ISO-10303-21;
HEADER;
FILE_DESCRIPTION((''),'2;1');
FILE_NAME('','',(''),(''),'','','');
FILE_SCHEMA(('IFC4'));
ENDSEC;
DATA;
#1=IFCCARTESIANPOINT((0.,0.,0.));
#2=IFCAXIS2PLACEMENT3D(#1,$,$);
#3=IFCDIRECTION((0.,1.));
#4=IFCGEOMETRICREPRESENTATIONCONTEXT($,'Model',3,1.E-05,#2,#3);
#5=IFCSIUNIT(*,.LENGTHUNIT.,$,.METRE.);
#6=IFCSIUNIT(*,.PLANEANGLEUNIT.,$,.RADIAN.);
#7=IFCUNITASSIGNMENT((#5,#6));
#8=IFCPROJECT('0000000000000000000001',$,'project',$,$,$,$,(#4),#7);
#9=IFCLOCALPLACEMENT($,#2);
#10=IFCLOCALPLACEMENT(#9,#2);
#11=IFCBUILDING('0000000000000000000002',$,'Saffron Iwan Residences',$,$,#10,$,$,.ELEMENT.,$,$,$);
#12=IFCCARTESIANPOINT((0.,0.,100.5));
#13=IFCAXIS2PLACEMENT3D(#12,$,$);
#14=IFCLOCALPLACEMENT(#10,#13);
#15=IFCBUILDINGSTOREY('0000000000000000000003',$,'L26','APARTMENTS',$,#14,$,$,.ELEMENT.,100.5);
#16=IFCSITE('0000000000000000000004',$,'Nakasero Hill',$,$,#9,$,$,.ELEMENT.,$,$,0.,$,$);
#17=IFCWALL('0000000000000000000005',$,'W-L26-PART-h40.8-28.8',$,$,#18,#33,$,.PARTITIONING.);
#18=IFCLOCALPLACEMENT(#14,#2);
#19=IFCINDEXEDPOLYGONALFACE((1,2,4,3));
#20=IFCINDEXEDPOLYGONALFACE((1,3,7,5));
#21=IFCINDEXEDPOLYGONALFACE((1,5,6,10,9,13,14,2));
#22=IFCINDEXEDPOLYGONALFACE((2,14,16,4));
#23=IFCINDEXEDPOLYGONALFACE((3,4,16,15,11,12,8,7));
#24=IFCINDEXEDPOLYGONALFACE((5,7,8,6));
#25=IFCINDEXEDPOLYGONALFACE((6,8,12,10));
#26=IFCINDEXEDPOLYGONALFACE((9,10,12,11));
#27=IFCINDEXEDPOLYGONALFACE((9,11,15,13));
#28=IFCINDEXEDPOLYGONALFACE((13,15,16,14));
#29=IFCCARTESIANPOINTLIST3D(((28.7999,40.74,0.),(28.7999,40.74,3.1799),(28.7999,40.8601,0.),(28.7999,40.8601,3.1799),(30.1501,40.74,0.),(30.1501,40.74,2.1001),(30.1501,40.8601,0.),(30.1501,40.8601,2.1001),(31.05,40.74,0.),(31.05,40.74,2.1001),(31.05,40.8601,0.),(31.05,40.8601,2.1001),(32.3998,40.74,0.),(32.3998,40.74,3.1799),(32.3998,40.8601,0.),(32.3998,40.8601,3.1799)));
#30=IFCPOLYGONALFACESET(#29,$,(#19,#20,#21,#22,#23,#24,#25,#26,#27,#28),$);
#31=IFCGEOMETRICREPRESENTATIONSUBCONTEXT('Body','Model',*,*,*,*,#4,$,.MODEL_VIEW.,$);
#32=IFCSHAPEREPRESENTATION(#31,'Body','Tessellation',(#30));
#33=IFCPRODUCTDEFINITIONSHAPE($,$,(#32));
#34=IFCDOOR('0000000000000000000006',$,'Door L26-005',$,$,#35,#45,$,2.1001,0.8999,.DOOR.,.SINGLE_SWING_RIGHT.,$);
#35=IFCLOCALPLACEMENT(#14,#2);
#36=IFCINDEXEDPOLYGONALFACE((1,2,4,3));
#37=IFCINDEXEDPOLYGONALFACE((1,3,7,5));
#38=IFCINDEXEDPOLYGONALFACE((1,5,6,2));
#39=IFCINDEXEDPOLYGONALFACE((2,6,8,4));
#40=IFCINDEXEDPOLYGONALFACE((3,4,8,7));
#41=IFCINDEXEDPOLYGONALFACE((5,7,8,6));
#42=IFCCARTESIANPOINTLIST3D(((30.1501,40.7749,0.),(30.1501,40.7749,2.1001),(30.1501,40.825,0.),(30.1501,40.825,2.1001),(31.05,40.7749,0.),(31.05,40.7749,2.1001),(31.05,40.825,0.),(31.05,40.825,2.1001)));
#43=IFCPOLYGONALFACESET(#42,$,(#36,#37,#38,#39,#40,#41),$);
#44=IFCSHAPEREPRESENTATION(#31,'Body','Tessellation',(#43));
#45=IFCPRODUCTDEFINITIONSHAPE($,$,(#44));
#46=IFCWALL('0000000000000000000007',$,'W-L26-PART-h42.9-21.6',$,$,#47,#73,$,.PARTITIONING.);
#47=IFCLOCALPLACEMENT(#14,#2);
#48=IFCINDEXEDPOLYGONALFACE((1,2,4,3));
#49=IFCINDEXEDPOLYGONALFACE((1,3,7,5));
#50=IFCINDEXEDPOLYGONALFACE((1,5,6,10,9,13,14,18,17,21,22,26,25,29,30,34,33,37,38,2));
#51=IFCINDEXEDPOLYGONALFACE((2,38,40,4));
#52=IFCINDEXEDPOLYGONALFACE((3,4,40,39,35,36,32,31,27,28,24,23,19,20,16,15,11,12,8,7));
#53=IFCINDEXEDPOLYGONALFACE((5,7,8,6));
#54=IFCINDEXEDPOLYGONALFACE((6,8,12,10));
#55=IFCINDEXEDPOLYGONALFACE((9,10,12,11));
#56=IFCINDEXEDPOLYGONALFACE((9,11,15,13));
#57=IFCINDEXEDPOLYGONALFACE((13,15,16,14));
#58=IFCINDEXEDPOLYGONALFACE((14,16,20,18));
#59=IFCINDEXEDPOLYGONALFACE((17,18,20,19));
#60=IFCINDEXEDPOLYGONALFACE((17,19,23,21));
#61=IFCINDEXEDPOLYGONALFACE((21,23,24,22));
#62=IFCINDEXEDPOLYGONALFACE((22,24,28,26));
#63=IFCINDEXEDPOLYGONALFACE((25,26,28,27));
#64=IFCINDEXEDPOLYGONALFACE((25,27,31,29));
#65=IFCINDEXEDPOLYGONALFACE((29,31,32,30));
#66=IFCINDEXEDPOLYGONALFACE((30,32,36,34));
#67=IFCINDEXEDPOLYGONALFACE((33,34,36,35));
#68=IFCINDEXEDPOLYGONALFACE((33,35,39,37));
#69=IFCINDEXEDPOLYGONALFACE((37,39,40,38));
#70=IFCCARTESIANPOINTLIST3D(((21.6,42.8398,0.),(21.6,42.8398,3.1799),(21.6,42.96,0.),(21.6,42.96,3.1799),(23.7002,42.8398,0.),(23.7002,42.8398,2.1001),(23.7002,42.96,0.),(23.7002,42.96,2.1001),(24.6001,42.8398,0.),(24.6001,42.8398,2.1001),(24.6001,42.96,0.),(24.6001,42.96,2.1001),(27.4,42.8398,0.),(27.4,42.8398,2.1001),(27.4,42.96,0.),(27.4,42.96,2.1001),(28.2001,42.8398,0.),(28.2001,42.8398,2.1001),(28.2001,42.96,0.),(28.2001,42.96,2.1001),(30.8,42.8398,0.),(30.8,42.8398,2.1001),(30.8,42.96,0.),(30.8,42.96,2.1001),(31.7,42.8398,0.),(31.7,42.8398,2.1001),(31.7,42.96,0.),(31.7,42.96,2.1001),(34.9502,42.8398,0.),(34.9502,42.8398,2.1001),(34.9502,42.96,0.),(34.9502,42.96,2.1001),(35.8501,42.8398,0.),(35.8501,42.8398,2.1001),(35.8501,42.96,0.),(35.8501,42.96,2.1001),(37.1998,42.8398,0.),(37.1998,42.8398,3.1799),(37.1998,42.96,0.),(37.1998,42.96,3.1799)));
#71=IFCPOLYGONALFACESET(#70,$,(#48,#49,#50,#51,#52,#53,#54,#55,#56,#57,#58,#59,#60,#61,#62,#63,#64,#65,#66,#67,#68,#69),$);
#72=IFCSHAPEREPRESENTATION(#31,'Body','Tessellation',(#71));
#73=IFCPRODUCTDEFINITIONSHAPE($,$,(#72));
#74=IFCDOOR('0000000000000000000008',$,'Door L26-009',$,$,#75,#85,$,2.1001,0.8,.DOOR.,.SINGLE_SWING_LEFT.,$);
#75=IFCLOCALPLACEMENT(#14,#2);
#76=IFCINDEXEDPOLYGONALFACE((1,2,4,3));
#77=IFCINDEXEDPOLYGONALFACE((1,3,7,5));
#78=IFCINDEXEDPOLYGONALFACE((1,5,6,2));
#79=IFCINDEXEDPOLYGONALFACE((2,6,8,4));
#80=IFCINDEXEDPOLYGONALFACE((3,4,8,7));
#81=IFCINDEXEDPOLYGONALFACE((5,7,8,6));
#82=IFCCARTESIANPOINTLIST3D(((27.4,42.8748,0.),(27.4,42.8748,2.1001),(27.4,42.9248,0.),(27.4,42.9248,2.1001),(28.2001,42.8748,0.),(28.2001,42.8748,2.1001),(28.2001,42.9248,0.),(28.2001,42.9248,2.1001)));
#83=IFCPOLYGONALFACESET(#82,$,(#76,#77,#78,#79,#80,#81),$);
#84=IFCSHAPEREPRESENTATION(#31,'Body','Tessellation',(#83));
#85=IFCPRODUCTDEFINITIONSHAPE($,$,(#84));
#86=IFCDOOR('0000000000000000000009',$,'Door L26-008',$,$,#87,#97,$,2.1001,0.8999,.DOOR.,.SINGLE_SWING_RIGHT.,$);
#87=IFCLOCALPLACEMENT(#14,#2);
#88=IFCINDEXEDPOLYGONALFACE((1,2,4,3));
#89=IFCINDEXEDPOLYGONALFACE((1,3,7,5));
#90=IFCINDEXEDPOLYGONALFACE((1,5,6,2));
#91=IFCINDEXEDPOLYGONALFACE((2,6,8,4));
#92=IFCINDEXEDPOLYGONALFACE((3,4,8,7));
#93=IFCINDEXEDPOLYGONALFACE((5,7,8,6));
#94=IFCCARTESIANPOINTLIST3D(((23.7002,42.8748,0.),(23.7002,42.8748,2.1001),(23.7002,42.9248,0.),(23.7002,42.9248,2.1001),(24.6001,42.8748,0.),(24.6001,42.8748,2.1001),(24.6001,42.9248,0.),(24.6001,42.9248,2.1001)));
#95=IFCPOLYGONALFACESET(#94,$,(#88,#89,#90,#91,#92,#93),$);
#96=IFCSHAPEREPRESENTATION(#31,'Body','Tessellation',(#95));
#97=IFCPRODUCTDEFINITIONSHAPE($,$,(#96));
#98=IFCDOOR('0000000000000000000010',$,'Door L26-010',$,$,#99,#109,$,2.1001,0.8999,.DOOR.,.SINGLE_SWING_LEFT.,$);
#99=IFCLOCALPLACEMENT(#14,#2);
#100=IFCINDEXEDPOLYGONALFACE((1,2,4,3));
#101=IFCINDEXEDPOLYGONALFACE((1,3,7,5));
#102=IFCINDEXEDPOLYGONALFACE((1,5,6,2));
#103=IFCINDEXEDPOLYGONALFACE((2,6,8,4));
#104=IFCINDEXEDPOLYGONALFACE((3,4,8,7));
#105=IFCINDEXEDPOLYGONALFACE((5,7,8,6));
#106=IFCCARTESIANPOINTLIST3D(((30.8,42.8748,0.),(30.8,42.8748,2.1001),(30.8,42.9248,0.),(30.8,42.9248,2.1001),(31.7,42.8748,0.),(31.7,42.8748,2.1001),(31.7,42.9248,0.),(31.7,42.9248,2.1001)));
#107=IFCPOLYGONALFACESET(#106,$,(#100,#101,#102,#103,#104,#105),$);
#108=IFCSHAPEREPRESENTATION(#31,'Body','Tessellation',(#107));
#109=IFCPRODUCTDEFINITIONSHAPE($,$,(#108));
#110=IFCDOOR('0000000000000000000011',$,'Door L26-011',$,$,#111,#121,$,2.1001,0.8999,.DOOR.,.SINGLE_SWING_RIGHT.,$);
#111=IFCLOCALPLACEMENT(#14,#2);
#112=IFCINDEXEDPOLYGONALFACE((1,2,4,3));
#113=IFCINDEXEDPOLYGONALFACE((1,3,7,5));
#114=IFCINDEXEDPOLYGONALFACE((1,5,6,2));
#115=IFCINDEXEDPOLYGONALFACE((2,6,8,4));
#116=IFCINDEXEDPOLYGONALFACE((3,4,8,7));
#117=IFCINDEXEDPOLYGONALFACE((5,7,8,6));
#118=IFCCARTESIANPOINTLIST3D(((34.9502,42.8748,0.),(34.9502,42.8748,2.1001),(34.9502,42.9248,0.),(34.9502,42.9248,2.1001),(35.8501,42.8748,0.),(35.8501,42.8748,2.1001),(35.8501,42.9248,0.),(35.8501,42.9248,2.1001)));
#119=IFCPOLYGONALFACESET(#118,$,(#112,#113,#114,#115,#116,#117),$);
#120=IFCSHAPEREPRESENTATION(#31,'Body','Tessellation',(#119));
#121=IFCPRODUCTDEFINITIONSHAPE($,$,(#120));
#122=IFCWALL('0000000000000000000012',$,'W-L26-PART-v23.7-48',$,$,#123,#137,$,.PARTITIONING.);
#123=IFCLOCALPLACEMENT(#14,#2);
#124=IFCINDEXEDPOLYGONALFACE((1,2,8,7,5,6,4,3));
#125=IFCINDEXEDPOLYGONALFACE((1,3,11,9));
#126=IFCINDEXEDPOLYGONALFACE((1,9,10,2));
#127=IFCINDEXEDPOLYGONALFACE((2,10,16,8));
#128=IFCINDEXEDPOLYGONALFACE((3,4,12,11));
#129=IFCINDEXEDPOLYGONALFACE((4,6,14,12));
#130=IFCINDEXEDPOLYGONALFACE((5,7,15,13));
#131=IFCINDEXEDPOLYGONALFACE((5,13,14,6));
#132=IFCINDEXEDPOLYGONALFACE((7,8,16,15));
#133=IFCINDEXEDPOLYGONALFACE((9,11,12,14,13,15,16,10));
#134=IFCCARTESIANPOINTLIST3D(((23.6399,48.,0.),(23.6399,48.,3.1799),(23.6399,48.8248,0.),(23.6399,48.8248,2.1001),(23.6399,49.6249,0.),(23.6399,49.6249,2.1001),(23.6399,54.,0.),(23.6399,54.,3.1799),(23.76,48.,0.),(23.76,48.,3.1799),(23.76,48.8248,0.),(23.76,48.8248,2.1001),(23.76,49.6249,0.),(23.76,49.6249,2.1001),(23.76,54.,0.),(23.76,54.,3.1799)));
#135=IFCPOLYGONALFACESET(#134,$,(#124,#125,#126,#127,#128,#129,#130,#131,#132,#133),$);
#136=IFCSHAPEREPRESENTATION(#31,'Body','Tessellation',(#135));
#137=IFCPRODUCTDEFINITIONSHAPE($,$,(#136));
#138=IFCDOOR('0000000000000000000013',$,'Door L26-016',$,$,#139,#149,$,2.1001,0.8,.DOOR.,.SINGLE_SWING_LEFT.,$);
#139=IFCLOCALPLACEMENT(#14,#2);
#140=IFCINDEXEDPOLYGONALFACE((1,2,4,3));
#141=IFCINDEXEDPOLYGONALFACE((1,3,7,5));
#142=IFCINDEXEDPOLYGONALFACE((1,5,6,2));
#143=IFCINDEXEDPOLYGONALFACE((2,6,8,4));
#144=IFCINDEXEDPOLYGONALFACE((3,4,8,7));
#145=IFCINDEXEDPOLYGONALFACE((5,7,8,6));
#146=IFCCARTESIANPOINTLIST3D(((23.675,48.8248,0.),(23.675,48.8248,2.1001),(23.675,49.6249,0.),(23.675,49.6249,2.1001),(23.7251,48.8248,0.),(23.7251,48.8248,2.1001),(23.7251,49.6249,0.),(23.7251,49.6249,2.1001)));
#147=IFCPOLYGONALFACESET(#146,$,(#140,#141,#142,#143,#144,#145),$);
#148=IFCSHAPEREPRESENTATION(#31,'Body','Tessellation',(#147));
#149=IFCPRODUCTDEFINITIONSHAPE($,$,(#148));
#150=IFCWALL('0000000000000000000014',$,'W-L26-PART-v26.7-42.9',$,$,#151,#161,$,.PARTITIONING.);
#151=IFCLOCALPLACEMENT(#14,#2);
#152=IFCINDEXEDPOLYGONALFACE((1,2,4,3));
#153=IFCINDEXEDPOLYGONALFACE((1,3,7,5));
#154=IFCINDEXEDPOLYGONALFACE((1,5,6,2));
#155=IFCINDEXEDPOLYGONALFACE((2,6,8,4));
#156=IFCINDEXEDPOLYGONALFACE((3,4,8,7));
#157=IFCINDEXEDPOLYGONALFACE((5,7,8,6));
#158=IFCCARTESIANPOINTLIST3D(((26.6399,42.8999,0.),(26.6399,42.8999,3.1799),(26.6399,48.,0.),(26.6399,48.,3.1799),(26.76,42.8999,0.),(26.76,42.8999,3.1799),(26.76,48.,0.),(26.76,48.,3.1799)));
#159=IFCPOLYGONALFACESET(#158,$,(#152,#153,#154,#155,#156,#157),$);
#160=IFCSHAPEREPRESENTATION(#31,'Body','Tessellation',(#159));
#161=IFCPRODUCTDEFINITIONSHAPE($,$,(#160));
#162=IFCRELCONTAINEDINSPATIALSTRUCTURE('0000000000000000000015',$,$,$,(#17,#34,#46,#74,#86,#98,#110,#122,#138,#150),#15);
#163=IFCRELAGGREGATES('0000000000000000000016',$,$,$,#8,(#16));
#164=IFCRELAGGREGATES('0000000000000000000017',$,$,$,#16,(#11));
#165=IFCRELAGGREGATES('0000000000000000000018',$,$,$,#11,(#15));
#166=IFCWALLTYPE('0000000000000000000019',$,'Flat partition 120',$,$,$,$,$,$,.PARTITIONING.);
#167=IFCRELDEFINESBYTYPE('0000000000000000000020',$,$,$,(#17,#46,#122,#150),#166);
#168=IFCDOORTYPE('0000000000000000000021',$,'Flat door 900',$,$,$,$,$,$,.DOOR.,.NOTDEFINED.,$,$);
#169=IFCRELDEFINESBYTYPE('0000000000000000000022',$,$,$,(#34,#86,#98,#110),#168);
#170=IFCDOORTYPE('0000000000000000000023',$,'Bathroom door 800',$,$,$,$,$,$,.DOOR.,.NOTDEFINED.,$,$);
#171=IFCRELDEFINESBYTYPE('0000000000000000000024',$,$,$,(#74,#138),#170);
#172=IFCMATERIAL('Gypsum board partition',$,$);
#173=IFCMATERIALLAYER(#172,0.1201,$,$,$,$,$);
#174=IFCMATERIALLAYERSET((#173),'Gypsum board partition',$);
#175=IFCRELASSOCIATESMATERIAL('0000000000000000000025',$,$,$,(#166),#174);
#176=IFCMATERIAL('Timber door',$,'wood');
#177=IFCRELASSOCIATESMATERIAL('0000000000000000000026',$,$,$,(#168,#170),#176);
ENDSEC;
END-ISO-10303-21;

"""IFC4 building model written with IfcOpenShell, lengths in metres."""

from ifc_helpers import new_model, si_unit, direction, frame, frame_2d, origin, place, context, subcontext, project, spatial, rectangle, extrude, material, layer, layer_set, type_object, element, fill, save


model = new_model("IFC4")

# Units and contexts
model_context = context("Model", 3, precision=1e-05, world=origin(), true_north=direction((0.0, 1.0)))
body_context = subcontext(model_context, "Body", "Model", "MODEL_VIEW")
ifc_project = project(units=[si_unit("LENGTHUNIT", "METRE"), si_unit("PLANEANGLEUNIT", "RADIAN")], contexts=[model_context])

# Site, building, storey
site_placement = place(None, origin())
site = spatial("IfcSite", under=ifc_project, at=site_placement, Name="Nakasero Hill", CompositionType="ELEMENT", RefElevation=0.0)
building_placement = place(site_placement, origin())
building = spatial("IfcBuilding", under=site, at=building_placement, Name="Saffron Iwan Residences", CompositionType="ELEMENT")
storey_placement = place(building_placement, frame((0.0, 0.0, 100.5)))
storey = spatial("IfcBuildingStorey", under=building, at=storey_placement, Name="L26", Description="APARTMENTS", CompositionType="ELEMENT", Elevation=100.5)

# Shared definitions
ifc_material_1 = material(Name="Gypsum board partition")
ifc_layer_1 = layer(ifc_material_1, 0.1201)
ifc_layer_set_1 = layer_set([ifc_layer_1], Name="Gypsum board partition")
wall_type_1 = type_object("IfcWallType", Name="Flat partition 120", PredefinedType="PARTITIONING", material=ifc_layer_set_1)

# Wall, opening, door
ifc_material_2 = material(Name="Timber door", Category="wood")
door_type_1 = type_object("IfcDoorType", Name="Flat door 900", OperationType="NOTDEFINED", PredefinedType="DOOR", material=ifc_material_2)
wall_1_placement = place(storey_placement, frame((28.8, 40.8, 0.0), z_axis=(0.0, 0.0, 1.0), x_axis=(1.0, 0.0, 0.0)))
wall_1 = element("IfcWall", 1, at=wall_1_placement, inside=storey, type_object=wall_type_1, Name="W-L26-PART-h40.8-28.8", PredefinedType="PARTITIONING", context=body_context, shape_type="SweptSolid", body=[
    extrude(rectangle(XDim=3.5999, YDim=0.1201, at=frame_2d((1.7998, 0.0))), origin(), (0.0, 0.0, 1.0), 3.1799),
])
opening_1_placement = place(wall_1_placement, frame((1.3501, 0.0, 0.0)))
opening_1 = element("IfcOpeningElement", 2, at=opening_1_placement, cuts=wall_1, PredefinedType="OPENING", context=body_context, shape_type="SweptSolid", body=[
    extrude(rectangle(XDim=0.8999, YDim=2.1001, at=frame_2d((0.45, 1.05))), frame((0.0, 0.0701, 0.0), z_axis=(0.0, -1.0, 0.0), x_axis=(1.0, 0.0, 0.0)), (0.0, 0.0, 1.0), 0.1401),
])
door_1_placement = place(opening_1_placement, origin())
door_1 = element("IfcDoor", 3, at=door_1_placement, inside=storey, type_object=door_type_1, Name="Door L26-005", OperationType="SINGLE_SWING_RIGHT", OverallHeight=2.1001, OverallWidth=0.8999, PredefinedType="DOOR", context=body_context, shape_type="SweptSolid", body=[
    extrude(rectangle(XDim=0.8999, YDim=2.1001, at=frame_2d((0.45, 1.05))), frame((0.0, 0.0249, 0.0), z_axis=(0.0, -1.0, 0.0), x_axis=(1.0, 0.0, 0.0)), (0.0, 0.0, 1.0), 0.05),
])
fill(opening_1, door_1)

# Wall, openings, doors
wall_2_placement = place(storey_placement, frame((21.6001, 42.8999, 0.0), z_axis=(0.0, 0.0, 1.0), x_axis=(1.0, 0.0, 0.0)))
wall_2 = element("IfcWall", 4, at=wall_2_placement, inside=storey, type_object=wall_type_1, Name="W-L26-PART-h42.9-21.6", PredefinedType="PARTITIONING", context=body_context, shape_type="SweptSolid", body=[
    extrude(rectangle(XDim=15.5999, YDim=0.1201, at=frame_2d((7.7998, 0.0))), origin(), (0.0, 0.0, 1.0), 3.1799),
])
opening_2_placement = place(wall_2_placement, frame((2.1001, 0.0, 0.0)))
opening_2 = element("IfcOpeningElement", 5, at=opening_2_placement, cuts=wall_2, PredefinedType="OPENING", context=body_context, shape_type="SweptSolid", body=[
    extrude(rectangle(XDim=0.8999, YDim=2.1001, at=frame_2d((0.45, 1.05))), frame((0.0, 0.0701, 0.0), z_axis=(0.0, -1.0, 0.0), x_axis=(1.0, 0.0, 0.0)), (0.0, 0.0, 1.0), 0.1401),
])
opening_3_placement = place(wall_2_placement, frame((5.8, 0.0, 0.0)))
opening_3 = element("IfcOpeningElement", 6, at=opening_3_placement, cuts=wall_2, PredefinedType="OPENING", context=body_context, shape_type="SweptSolid", body=[
    extrude(rectangle(XDim=0.8, YDim=2.1001, at=frame_2d((0.3999, 1.05))), frame((0.0, 0.0701, 0.0), z_axis=(0.0, -1.0, 0.0), x_axis=(1.0, 0.0, 0.0)), (0.0, 0.0, 1.0), 0.1401),
])
opening_4_placement = place(wall_2_placement, frame((9.2, 0.0, 0.0)))
opening_4 = element("IfcOpeningElement", 7, at=opening_4_placement, cuts=wall_2, PredefinedType="OPENING", context=body_context, shape_type="SweptSolid", body=[
    extrude(rectangle(XDim=0.8999, YDim=2.1001, at=frame_2d((0.45, 1.05))), frame((0.0, 0.0701, 0.0), z_axis=(0.0, -1.0, 0.0), x_axis=(1.0, 0.0, 0.0)), (0.0, 0.0, 1.0), 0.1401),
])
opening_5_placement = place(wall_2_placement, frame((13.3501, 0.0, 0.0)))
opening_5 = element("IfcOpeningElement", 8, at=opening_5_placement, cuts=wall_2, PredefinedType="OPENING", context=body_context, shape_type="SweptSolid", body=[
    extrude(rectangle(XDim=0.8999, YDim=2.1001, at=frame_2d((0.45, 1.05))), frame((0.0, 0.0701, 0.0), z_axis=(0.0, -1.0, 0.0), x_axis=(1.0, 0.0, 0.0)), (0.0, 0.0, 1.0), 0.1401),
])
door_type_2 = type_object("IfcDoorType", Name="Bathroom door 800", OperationType="NOTDEFINED", PredefinedType="DOOR", material=ifc_material_2)
door_2_placement = place(opening_3_placement, origin())
door_2 = element("IfcDoor", 9, at=door_2_placement, inside=storey, type_object=door_type_2, Name="Door L26-009", OperationType="SINGLE_SWING_LEFT", OverallHeight=2.1001, OverallWidth=0.8, PredefinedType="DOOR", context=body_context, shape_type="SweptSolid", body=[
    extrude(rectangle(XDim=0.8, YDim=2.1001, at=frame_2d((0.3999, 1.05))), frame((0.0, 0.0249, 0.0), z_axis=(0.0, -1.0, 0.0), x_axis=(1.0, 0.0, 0.0)), (0.0, 0.0, 1.0), 0.05),
])
fill(opening_3, door_2)
door_3_placement = place(opening_2_placement, origin())
door_3 = element("IfcDoor", 10, at=door_3_placement, inside=storey, type_object=door_type_1, Name="Door L26-008", OperationType="SINGLE_SWING_RIGHT", OverallHeight=2.1001, OverallWidth=0.8999, PredefinedType="DOOR", context=body_context, shape_type="SweptSolid", body=[
    extrude(rectangle(XDim=0.8999, YDim=2.1001, at=frame_2d((0.45, 1.05))), frame((0.0, 0.0249, 0.0), z_axis=(0.0, -1.0, 0.0), x_axis=(1.0, 0.0, 0.0)), (0.0, 0.0, 1.0), 0.05),
])
fill(opening_2, door_3)
door_4_placement = place(opening_4_placement, origin())
door_4 = element("IfcDoor", 11, at=door_4_placement, inside=storey, type_object=door_type_1, Name="Door L26-010", OperationType="SINGLE_SWING_LEFT", OverallHeight=2.1001, OverallWidth=0.8999, PredefinedType="DOOR", context=body_context, shape_type="SweptSolid", body=[
    extrude(rectangle(XDim=0.8999, YDim=2.1001, at=frame_2d((0.45, 1.05))), frame((0.0, 0.0249, 0.0), z_axis=(0.0, -1.0, 0.0), x_axis=(1.0, 0.0, 0.0)), (0.0, 0.0, 1.0), 0.05),
])
fill(opening_4, door_4)
door_5_placement = place(opening_5_placement, origin())
door_5 = element("IfcDoor", 12, at=door_5_placement, inside=storey, type_object=door_type_1, Name="Door L26-011", OperationType="SINGLE_SWING_RIGHT", OverallHeight=2.1001, OverallWidth=0.8999, PredefinedType="DOOR", context=body_context, shape_type="SweptSolid", body=[
    extrude(rectangle(XDim=0.8999, YDim=2.1001, at=frame_2d((0.45, 1.05))), frame((0.0, 0.0249, 0.0), z_axis=(0.0, -1.0, 0.0), x_axis=(1.0, 0.0, 0.0)), (0.0, 0.0, 1.0), 0.05),
])
fill(opening_5, door_5)

# Wall, opening, door
wall_3_placement = place(storey_placement, frame((23.7, 48.0, 0.0), z_axis=(0.0, 0.0, 1.0), x_axis=(0.0, 1.0, 0.0)))
wall_3 = element("IfcWall", 13, at=wall_3_placement, inside=storey, type_object=wall_type_1, Name="W-L26-PART-v23.7-48", PredefinedType="PARTITIONING", context=body_context, shape_type="SweptSolid", body=[
    extrude(rectangle(XDim=6.0, YDim=0.1201, at=frame_2d((3.0, 0.0))), origin(), (0.0, 0.0, 1.0), 3.1799),
])
opening_6_placement = place(wall_3_placement, frame((0.825, 0.0, 0.0)))
opening_6 = element("IfcOpeningElement", 14, at=opening_6_placement, cuts=wall_3, PredefinedType="OPENING", context=body_context, shape_type="SweptSolid", body=[
    extrude(rectangle(XDim=0.8, YDim=2.1001, at=frame_2d((0.3999, 1.05))), frame((0.0, 0.0701, 0.0), z_axis=(0.0, -1.0, 0.0), x_axis=(1.0, 0.0, 0.0)), (0.0, 0.0, 1.0), 0.1401),
])
door_6_placement = place(opening_6_placement, origin())
door_6 = element("IfcDoor", 15, at=door_6_placement, inside=storey, type_object=door_type_2, Name="Door L26-016", OperationType="SINGLE_SWING_LEFT", OverallHeight=2.1001, OverallWidth=0.8, PredefinedType="DOOR", context=body_context, shape_type="SweptSolid", body=[
    extrude(rectangle(XDim=0.8, YDim=2.1001, at=frame_2d((0.3999, 1.05))), frame((0.0, 0.0249, 0.0), z_axis=(0.0, -1.0, 0.0), x_axis=(1.0, 0.0, 0.0)), (0.0, 0.0, 1.0), 0.05),
])
fill(opening_6, door_6)

# Wall
wall_4_placement = place(storey_placement, frame((26.7, 42.8999, 0.0), z_axis=(0.0, 0.0, 1.0), x_axis=(0.0, 1.0, 0.0)))
element("IfcWall", 16, at=wall_4_placement, inside=storey, type_object=wall_type_1, Name="W-L26-PART-v26.7-42.9", PredefinedType="PARTITIONING", context=body_context, shape_type="SweptSolid", body=[
    extrude(rectangle(XDim=5.1001, YDim=0.1201, at=frame_2d((2.55, 0.0))), origin(), (0.0, 0.0, 1.0), 3.1799),
])

save(model, "model.ifc")
